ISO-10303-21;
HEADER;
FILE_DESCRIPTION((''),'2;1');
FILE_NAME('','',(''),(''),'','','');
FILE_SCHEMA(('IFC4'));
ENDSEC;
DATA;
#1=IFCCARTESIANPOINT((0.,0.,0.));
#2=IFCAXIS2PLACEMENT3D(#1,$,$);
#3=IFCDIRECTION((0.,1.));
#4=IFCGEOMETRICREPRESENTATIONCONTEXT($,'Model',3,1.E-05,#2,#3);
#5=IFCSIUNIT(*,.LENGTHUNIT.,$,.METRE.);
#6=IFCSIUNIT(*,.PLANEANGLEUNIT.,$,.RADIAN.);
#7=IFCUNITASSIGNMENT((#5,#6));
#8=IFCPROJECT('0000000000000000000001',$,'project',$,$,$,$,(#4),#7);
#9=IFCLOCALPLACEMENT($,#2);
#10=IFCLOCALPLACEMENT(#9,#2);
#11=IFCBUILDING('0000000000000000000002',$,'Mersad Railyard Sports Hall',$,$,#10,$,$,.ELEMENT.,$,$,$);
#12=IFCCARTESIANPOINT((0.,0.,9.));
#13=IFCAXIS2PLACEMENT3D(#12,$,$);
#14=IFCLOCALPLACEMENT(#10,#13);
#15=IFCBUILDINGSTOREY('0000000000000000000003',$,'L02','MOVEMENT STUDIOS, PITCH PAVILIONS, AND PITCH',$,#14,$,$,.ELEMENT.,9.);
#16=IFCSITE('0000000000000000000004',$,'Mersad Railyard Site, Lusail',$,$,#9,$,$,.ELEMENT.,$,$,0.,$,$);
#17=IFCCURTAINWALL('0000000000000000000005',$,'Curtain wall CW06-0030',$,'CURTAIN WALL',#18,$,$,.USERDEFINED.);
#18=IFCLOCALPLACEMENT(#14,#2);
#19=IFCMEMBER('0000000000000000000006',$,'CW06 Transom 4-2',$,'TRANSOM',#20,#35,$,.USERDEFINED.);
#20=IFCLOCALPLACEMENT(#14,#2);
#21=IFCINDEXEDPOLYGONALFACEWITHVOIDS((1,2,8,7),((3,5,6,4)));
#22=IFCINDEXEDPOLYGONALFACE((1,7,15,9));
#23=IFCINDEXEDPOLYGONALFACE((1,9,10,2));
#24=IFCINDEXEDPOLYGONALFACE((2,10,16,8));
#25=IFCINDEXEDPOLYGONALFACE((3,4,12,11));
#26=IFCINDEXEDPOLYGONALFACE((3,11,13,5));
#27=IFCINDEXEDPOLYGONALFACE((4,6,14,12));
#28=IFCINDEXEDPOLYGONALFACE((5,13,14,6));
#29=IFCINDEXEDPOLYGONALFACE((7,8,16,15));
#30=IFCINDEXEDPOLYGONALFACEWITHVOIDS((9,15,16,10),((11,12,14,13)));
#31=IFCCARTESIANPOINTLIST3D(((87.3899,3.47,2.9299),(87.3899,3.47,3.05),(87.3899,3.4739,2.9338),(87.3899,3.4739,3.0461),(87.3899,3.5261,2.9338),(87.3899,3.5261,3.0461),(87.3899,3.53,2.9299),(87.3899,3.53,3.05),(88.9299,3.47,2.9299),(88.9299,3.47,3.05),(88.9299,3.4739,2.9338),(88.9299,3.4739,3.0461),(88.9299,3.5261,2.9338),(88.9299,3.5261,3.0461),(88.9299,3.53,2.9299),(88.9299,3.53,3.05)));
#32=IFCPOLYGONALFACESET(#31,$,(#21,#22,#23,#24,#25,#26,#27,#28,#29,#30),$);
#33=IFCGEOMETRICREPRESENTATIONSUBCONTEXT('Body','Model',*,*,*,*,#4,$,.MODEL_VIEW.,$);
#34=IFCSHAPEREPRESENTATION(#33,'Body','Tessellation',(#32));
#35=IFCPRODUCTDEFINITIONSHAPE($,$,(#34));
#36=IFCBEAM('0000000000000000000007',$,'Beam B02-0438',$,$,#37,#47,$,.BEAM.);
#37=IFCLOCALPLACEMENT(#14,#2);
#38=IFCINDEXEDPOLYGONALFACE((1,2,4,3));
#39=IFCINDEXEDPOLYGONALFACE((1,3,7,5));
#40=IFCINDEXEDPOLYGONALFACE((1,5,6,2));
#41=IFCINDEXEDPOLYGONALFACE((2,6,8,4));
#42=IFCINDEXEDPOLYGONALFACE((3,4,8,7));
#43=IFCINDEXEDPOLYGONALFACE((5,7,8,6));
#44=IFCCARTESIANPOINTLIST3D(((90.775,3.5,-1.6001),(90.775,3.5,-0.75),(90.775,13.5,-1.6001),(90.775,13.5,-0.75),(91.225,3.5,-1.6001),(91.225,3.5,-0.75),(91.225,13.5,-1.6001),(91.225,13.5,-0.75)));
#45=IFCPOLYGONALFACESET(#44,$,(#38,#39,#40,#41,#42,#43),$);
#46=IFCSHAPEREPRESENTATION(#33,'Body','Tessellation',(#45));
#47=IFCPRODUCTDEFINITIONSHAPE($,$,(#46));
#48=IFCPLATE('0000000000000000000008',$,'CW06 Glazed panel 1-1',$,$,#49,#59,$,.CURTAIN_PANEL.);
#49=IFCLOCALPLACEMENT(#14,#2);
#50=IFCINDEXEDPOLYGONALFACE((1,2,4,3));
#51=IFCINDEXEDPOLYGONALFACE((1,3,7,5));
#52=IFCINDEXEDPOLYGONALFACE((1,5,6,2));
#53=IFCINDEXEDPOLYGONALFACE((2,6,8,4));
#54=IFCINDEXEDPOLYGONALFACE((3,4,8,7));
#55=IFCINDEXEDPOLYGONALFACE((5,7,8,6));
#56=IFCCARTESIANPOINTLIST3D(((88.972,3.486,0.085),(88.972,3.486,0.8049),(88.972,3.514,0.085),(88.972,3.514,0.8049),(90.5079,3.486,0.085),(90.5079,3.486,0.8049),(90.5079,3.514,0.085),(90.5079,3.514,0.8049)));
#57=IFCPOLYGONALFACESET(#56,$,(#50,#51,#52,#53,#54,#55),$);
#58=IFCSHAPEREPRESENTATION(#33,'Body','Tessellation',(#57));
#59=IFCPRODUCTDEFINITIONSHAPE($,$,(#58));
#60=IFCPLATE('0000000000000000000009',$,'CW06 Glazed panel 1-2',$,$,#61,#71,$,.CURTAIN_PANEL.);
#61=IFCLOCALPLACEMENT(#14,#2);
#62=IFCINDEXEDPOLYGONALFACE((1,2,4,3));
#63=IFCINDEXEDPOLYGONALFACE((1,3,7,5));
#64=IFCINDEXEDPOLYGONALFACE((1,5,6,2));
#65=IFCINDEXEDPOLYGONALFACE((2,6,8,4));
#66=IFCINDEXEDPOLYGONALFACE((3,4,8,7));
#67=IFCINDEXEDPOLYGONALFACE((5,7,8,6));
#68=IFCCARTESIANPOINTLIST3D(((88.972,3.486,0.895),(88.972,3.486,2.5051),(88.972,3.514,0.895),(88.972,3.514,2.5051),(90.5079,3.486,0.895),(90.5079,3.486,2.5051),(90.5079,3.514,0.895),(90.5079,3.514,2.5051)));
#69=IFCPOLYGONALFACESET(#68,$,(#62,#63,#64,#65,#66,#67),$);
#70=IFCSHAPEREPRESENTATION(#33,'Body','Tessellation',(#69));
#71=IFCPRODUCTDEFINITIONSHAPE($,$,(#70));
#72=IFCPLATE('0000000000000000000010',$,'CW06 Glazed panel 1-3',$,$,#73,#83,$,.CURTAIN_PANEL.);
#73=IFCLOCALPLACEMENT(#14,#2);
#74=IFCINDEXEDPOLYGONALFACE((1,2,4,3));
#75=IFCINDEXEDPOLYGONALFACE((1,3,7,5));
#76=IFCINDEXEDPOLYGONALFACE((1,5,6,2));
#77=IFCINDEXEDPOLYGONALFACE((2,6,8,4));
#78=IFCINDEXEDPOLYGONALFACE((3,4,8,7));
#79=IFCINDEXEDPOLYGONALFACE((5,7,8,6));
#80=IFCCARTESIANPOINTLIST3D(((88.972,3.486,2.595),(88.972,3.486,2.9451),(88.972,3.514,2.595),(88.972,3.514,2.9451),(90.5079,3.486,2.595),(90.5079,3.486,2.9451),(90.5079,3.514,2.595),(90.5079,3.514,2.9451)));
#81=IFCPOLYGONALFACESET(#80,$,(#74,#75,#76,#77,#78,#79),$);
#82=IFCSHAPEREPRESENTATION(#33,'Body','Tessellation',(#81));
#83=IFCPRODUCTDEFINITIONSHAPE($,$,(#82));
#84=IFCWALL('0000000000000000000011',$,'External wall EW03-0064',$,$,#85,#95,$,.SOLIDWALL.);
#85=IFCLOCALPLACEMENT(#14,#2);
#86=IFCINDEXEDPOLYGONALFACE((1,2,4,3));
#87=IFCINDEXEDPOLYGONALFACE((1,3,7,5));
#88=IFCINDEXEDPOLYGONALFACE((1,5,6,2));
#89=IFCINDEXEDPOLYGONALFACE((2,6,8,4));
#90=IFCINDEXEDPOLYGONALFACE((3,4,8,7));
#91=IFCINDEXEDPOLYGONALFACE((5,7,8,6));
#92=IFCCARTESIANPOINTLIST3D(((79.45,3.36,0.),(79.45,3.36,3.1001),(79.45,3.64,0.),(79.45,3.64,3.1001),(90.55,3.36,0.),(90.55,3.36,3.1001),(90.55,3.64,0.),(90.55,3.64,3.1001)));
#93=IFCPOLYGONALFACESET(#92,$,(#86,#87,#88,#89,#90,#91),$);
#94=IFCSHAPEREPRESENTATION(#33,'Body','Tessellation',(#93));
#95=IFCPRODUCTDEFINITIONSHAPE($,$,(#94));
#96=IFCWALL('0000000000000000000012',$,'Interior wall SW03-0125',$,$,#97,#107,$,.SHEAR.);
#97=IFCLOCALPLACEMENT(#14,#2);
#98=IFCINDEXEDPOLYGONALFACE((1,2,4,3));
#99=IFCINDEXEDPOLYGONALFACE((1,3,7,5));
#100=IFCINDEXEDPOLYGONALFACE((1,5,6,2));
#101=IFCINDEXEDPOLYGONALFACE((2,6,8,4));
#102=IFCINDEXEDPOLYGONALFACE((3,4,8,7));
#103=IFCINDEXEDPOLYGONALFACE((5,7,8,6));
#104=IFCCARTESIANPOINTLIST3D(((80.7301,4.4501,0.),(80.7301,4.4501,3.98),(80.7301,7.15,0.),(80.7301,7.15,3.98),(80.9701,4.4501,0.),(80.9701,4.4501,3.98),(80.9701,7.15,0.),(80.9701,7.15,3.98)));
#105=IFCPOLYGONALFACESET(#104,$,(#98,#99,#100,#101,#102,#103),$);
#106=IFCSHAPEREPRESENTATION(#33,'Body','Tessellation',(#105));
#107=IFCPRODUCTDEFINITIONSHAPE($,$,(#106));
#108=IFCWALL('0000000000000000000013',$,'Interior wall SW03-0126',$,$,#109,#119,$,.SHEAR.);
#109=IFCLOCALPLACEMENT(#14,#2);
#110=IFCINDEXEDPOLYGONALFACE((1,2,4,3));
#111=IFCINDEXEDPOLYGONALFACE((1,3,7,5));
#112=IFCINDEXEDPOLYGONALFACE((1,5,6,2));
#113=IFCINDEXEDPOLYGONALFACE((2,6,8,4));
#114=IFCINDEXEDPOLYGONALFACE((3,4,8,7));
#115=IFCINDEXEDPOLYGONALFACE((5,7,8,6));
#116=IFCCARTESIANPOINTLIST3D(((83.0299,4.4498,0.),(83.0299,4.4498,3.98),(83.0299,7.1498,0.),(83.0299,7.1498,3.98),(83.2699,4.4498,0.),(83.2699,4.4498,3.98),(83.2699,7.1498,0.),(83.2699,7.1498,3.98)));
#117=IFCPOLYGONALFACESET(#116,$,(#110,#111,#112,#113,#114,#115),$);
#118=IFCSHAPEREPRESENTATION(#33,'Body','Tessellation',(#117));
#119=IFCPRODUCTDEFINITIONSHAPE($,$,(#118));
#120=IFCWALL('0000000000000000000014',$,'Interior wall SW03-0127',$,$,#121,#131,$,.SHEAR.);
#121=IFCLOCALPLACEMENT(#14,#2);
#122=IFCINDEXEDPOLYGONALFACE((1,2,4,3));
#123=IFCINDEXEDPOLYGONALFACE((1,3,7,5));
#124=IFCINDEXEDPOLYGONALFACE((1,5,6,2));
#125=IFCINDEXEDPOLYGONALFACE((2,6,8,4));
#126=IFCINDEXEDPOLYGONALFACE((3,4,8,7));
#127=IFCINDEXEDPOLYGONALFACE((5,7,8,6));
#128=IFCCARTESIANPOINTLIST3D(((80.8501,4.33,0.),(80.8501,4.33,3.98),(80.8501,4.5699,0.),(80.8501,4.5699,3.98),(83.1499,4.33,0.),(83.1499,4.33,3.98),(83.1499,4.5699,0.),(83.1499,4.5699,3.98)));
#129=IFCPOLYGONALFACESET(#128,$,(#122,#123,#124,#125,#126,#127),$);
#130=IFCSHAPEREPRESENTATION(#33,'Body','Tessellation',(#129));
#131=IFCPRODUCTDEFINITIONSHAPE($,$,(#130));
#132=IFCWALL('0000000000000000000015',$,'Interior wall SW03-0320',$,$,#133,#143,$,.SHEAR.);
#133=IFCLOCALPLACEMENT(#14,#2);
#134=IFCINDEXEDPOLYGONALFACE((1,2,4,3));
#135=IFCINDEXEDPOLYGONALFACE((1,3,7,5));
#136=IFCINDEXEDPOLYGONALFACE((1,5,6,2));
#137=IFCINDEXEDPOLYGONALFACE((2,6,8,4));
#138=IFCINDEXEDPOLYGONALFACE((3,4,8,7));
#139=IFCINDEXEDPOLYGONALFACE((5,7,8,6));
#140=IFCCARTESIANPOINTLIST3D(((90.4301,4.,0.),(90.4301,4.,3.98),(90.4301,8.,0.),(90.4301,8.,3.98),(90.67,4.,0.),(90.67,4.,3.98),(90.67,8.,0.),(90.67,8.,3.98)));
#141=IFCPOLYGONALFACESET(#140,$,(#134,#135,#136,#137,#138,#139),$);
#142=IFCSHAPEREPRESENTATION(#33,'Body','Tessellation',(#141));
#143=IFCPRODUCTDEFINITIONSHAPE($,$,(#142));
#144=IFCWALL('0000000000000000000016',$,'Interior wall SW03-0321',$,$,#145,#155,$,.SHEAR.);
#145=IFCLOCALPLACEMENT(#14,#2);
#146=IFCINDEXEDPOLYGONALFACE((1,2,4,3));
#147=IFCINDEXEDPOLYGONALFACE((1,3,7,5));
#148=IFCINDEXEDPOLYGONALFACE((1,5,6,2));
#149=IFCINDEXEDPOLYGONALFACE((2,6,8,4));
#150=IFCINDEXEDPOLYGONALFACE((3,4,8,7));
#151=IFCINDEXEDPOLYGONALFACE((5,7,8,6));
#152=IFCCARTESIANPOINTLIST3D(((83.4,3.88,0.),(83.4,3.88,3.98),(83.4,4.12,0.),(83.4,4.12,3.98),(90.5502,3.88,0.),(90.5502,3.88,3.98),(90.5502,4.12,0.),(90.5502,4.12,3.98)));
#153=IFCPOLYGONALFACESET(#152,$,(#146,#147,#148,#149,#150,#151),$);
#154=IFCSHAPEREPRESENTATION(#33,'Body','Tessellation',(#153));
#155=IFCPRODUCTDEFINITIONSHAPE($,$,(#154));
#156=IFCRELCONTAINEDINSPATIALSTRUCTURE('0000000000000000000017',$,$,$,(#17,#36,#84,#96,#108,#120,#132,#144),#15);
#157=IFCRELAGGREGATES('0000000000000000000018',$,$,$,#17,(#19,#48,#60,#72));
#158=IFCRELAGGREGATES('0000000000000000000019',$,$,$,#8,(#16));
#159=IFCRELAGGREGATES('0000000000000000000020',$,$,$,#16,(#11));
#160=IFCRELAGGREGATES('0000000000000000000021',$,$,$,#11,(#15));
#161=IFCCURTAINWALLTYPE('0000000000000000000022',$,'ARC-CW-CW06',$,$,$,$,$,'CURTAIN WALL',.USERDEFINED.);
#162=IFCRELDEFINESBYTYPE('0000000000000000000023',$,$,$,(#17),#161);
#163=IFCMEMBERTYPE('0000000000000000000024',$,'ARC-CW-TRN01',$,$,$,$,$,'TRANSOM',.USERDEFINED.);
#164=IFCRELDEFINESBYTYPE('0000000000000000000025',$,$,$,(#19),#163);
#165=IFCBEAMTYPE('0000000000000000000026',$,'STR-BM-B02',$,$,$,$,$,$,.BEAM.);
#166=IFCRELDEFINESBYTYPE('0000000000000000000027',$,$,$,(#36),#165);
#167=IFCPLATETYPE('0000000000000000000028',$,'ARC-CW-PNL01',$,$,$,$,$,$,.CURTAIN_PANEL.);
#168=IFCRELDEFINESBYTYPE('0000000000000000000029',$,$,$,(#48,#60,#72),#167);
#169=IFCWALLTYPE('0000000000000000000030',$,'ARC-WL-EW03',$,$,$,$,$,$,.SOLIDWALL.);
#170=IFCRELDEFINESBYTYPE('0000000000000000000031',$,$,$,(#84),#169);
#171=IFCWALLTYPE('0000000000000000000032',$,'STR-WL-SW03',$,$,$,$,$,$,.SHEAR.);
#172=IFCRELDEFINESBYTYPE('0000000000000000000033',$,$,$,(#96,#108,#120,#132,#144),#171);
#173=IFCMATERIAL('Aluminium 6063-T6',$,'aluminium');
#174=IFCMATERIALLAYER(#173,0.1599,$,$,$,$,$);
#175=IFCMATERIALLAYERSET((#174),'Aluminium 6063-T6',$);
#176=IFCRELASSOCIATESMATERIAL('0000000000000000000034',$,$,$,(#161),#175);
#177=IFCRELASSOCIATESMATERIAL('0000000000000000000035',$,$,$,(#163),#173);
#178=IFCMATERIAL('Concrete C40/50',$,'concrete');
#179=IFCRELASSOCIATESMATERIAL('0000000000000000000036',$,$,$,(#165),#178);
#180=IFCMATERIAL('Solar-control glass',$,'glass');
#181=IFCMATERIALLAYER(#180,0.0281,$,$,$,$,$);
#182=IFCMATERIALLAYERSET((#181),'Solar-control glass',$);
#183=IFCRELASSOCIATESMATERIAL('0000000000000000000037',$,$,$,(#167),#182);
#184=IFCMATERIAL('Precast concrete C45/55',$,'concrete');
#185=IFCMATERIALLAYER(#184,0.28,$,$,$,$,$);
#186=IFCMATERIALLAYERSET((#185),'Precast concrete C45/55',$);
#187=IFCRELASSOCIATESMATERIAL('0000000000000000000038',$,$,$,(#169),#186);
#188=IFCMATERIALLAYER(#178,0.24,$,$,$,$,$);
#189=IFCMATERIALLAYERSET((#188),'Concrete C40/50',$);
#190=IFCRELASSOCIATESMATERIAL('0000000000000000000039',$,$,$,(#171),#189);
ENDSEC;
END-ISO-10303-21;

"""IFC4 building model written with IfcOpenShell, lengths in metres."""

from ifc_helpers import new_model, si_unit, direction, frame, frame_2d, origin, origin_2d, place, context, subcontext, project, spatial, rectangle, hollow_rectangle, extrude, material, layer, layer_set, material_profile, profile_set, type_object, element, aggregate, save


model = new_model("IFC4")

# Units and contexts
model_context = context("Model", 3, precision=1e-05, world=origin(), true_north=direction((0.0, 1.0)))
body_context = subcontext(model_context, "Body", "Model", "MODEL_VIEW")
ifc_project = project(units=[si_unit("LENGTHUNIT", "METRE"), si_unit("PLANEANGLEUNIT", "RADIAN")], contexts=[model_context])

# Site, building, storey
site_placement = place(None, origin())
site = spatial("IfcSite", under=ifc_project, at=site_placement, Name="Mersad Railyard Site, Lusail", CompositionType="ELEMENT", RefElevation=0.0)
building_placement = place(site_placement, origin())
building = spatial("IfcBuilding", under=site, at=building_placement, Name="Mersad Railyard Sports Hall", CompositionType="ELEMENT")
storey_placement = place(building_placement, frame((0.0, 0.0, 9.0)))
storey = spatial("IfcBuildingStorey", under=building, at=storey_placement, Name="L02", Description="MOVEMENT STUDIOS, PITCH PAVILIONS, AND PITCH", CompositionType="ELEMENT", Elevation=9.0)

# Curtain wall, member
ifc_material_1 = material(Name="Aluminium 6063-T6", Category="aluminium")
ifc_layer_1 = layer(ifc_material_1, 0.1599)
ifc_layer_set_1 = layer_set([ifc_layer_1], Name="Aluminium 6063-T6")
curtain_wall_type = type_object("IfcCurtainWallType", Name="ARC-CW-CW06", ElementType="CURTAIN WALL", PredefinedType="USERDEFINED", material=ifc_layer_set_1)
curtain_wall_placement = place(storey_placement, origin())
curtain_wall = element("IfcCurtainWall", 1, at=curtain_wall_placement, inside=storey, type_object=curtain_wall_type, Name="Curtain wall CW06-0030", ObjectType="CURTAIN WALL", PredefinedType="USERDEFINED")
ifc_material_profile_1 = material_profile(ifc_material_1, hollow_rectangle(XDim=0.0601, YDim=0.1201, WallThickness=0.0039, at=origin_2d()), Name="AL TRANSOM 60x120x4")
ifc_profile_set_1 = profile_set([ifc_material_profile_1], Name="Aluminium 6063-T6")
member_type_1 = type_object("IfcMemberType", Name="ARC-CW-TRN01", ElementType="TRANSOM", PredefinedType="USERDEFINED", material=ifc_profile_set_1)
member_1_placement = place(storey_placement, frame((88.9299, 3.5, 2.99), z_axis=(-1.0, 0.0, 0.0), x_axis=(0.0, -1.0, 0.0)))
member_1 = element("IfcMember", 2, at=member_1_placement, type_object=member_type_1, Name="CW06 Transom 4-2", ObjectType="TRANSOM", PredefinedType="USERDEFINED", context=body_context, shape_type="SweptSolid", body=[
    extrude(hollow_rectangle(XDim=0.0601, YDim=0.1201, WallThickness=0.0039, at=origin_2d()), origin(), (0.0, 0.0, 1.0), 1.54),
])

# Beam
ifc_material_2 = material(Name="Concrete C40/50", Category="concrete")
ifc_material_profile_2 = material_profile(ifc_material_2, rectangle(XDim=0.45, YDim=0.8501, at=origin_2d()), Name="RC 450x850")
ifc_profile_set_2 = profile_set([ifc_material_profile_2], Name="Concrete C40/50")
beam_type = type_object("IfcBeamType", Name="STR-BM-B02", PredefinedType="BEAM", material=ifc_profile_set_2)
beam_placement = place(storey_placement, frame((91.0, 3.5, -1.175), z_axis=(0.0, 1.0, 0.0), x_axis=(-1.0, 0.0, 0.0)))
element("IfcBeam", 3, at=beam_placement, inside=storey, type_object=beam_type, Name="Beam B02-0438", PredefinedType="BEAM", context=body_context, shape_type="SweptSolid", body=[
    extrude(rectangle(XDim=0.45, YDim=0.8501, at=origin_2d()), origin(), (0.0, 0.0, 1.0), 10.0),
])

# Plates
ifc_material_3 = material(Name="Solar-control glass", Category="glass")
ifc_layer_2 = layer(ifc_material_3, 0.0281)
ifc_layer_set_2 = layer_set([ifc_layer_2], Name="Solar-control glass")
plate_type = type_object("IfcPlateType", Name="ARC-CW-PNL01", PredefinedType="CURTAIN_PANEL", material=ifc_layer_set_2)
plate_1_placement = place(storey_placement, frame((89.74, 3.5, 0.085), z_axis=(0.0, 0.0, 1.0), x_axis=(-1.0, 0.0, 0.0)))
plate_1 = element("IfcPlate", 4, at=plate_1_placement, type_object=plate_type, Name="CW06 Glazed panel 1-1", PredefinedType="CURTAIN_PANEL", context=body_context, shape_type="SweptSolid", body=[
    extrude(rectangle(XDim=1.5359, YDim=0.0281, at=origin_2d()), origin(), (0.0, 0.0, 1.0), 0.72),
])
plate_2_placement = place(storey_placement, frame((89.74, 3.5, 0.895), z_axis=(0.0, 0.0, 1.0), x_axis=(-1.0, 0.0, 0.0)))
plate_2 = element("IfcPlate", 5, at=plate_2_placement, type_object=plate_type, Name="CW06 Glazed panel 1-2", PredefinedType="CURTAIN_PANEL", context=body_context, shape_type="SweptSolid", body=[
    extrude(rectangle(XDim=1.5359, YDim=0.0281, at=origin_2d()), origin(), (0.0, 0.0, 1.0), 1.6101),
])
plate_3_placement = place(storey_placement, frame((89.74, 3.5, 2.595), z_axis=(0.0, 0.0, 1.0), x_axis=(-1.0, 0.0, 0.0)))
plate_3 = element("IfcPlate", 6, at=plate_3_placement, type_object=plate_type, Name="CW06 Glazed panel 1-3", PredefinedType="CURTAIN_PANEL", context=body_context, shape_type="SweptSolid", body=[
    extrude(rectangle(XDim=1.5359, YDim=0.0281, at=origin_2d()), origin(), (0.0, 0.0, 1.0), 0.3501),
])
aggregate(curtain_wall, [member_1, plate_1, plate_2, plate_3])

# Walls
ifc_material_4 = material(Name="Precast concrete C45/55", Category="concrete")
ifc_layer_3 = layer(ifc_material_4, 0.28)
ifc_layer_set_3 = layer_set([ifc_layer_3], Name="Precast concrete C45/55")
wall_type_1 = type_object("IfcWallType", Name="ARC-WL-EW03", PredefinedType="SOLIDWALL", material=ifc_layer_set_3)
wall_1_placement = place(storey_placement, frame((90.55, 3.5, 0.0), z_axis=(0.0, 0.0, 1.0), x_axis=(-1.0, 0.0, 0.0)))
element("IfcWall", 7, at=wall_1_placement, inside=storey, type_object=wall_type_1, Name="External wall EW03-0064", PredefinedType="SOLIDWALL", context=body_context, shape_type="SweptSolid", body=[
    extrude(rectangle(XDim=11.1001, YDim=0.28, at=frame_2d((5.55, 0.0))), origin(), (0.0, 0.0, 1.0), 3.1001),
])
ifc_layer_4 = layer(ifc_material_2, 0.24)
ifc_layer_set_4 = layer_set([ifc_layer_4], Name="Concrete C40/50")
wall_type_2 = type_object("IfcWallType", Name="STR-WL-SW03", PredefinedType="SHEAR", material=ifc_layer_set_4)
for number, where, z_axis, x_axis, name in (
    (8, (80.8501, 4.45, 0.0), (0.0, 0.0, 1.0), (0.0, 1.0, 0.0), "Interior wall SW03-0125"),
    (9, (83.1499, 7.1499, 0.0), (0.0, 0.0, 1.0), (0.0, -1.0, 0.0), "Interior wall SW03-0126"),
):
    element("IfcWall", number, at=place(storey_placement, frame(where, z_axis=z_axis, x_axis=x_axis)), inside=storey, type_object=wall_type_2, Name=name, PredefinedType="SHEAR", context=body_context, shape_type="SweptSolid", body=[
        extrude(rectangle(XDim=2.7, YDim=0.24, at=frame_2d((1.3501, 0.0))), origin(), (0.0, 0.0, 1.0), 3.98),
    ])
wall_2_placement = place(storey_placement, frame((83.1499, 4.45, 0.0), z_axis=(0.0, 0.0, 1.0), x_axis=(-1.0, 0.0, 0.0)))
element("IfcWall", 10, at=wall_2_placement, inside=storey, type_object=wall_type_2, Name="Interior wall SW03-0127", PredefinedType="SHEAR", context=body_context, shape_type="SweptSolid", body=[
    extrude(rectangle(XDim=2.2998, YDim=0.24, at=frame_2d((1.1499, 0.0))), origin(), (0.0, 0.0, 1.0), 3.98),
])

# Walls
wall_3_placement = place(storey_placement, frame((90.55, 4.0, 0.0), z_axis=(0.0, 0.0, 1.0), x_axis=(0.0, 1.0, 0.0)))
element("IfcWall", 11, at=wall_3_placement, inside=storey, type_object=wall_type_2, Name="Interior wall SW03-0320", PredefinedType="SHEAR", context=body_context, shape_type="SweptSolid", body=[
    extrude(rectangle(XDim=4.0, YDim=0.24, at=frame_2d((2.0, 0.0))), origin(), (0.0, 0.0, 1.0), 3.98),
])
wall_4_placement = place(storey_placement, frame((83.3999, 4.0, 0.0), z_axis=(0.0, 0.0, 1.0), x_axis=(1.0, 0.0, 0.0)))
element("IfcWall", 12, at=wall_4_placement, inside=storey, type_object=wall_type_2, Name="Interior wall SW03-0321", PredefinedType="SHEAR", context=body_context, shape_type="SweptSolid", body=[
    extrude(rectangle(XDim=7.1501, YDim=0.24, at=frame_2d((3.5752, 0.0))), origin(), (0.0, 0.0, 1.0), 3.98),
])

save(model, "model.ifc")
